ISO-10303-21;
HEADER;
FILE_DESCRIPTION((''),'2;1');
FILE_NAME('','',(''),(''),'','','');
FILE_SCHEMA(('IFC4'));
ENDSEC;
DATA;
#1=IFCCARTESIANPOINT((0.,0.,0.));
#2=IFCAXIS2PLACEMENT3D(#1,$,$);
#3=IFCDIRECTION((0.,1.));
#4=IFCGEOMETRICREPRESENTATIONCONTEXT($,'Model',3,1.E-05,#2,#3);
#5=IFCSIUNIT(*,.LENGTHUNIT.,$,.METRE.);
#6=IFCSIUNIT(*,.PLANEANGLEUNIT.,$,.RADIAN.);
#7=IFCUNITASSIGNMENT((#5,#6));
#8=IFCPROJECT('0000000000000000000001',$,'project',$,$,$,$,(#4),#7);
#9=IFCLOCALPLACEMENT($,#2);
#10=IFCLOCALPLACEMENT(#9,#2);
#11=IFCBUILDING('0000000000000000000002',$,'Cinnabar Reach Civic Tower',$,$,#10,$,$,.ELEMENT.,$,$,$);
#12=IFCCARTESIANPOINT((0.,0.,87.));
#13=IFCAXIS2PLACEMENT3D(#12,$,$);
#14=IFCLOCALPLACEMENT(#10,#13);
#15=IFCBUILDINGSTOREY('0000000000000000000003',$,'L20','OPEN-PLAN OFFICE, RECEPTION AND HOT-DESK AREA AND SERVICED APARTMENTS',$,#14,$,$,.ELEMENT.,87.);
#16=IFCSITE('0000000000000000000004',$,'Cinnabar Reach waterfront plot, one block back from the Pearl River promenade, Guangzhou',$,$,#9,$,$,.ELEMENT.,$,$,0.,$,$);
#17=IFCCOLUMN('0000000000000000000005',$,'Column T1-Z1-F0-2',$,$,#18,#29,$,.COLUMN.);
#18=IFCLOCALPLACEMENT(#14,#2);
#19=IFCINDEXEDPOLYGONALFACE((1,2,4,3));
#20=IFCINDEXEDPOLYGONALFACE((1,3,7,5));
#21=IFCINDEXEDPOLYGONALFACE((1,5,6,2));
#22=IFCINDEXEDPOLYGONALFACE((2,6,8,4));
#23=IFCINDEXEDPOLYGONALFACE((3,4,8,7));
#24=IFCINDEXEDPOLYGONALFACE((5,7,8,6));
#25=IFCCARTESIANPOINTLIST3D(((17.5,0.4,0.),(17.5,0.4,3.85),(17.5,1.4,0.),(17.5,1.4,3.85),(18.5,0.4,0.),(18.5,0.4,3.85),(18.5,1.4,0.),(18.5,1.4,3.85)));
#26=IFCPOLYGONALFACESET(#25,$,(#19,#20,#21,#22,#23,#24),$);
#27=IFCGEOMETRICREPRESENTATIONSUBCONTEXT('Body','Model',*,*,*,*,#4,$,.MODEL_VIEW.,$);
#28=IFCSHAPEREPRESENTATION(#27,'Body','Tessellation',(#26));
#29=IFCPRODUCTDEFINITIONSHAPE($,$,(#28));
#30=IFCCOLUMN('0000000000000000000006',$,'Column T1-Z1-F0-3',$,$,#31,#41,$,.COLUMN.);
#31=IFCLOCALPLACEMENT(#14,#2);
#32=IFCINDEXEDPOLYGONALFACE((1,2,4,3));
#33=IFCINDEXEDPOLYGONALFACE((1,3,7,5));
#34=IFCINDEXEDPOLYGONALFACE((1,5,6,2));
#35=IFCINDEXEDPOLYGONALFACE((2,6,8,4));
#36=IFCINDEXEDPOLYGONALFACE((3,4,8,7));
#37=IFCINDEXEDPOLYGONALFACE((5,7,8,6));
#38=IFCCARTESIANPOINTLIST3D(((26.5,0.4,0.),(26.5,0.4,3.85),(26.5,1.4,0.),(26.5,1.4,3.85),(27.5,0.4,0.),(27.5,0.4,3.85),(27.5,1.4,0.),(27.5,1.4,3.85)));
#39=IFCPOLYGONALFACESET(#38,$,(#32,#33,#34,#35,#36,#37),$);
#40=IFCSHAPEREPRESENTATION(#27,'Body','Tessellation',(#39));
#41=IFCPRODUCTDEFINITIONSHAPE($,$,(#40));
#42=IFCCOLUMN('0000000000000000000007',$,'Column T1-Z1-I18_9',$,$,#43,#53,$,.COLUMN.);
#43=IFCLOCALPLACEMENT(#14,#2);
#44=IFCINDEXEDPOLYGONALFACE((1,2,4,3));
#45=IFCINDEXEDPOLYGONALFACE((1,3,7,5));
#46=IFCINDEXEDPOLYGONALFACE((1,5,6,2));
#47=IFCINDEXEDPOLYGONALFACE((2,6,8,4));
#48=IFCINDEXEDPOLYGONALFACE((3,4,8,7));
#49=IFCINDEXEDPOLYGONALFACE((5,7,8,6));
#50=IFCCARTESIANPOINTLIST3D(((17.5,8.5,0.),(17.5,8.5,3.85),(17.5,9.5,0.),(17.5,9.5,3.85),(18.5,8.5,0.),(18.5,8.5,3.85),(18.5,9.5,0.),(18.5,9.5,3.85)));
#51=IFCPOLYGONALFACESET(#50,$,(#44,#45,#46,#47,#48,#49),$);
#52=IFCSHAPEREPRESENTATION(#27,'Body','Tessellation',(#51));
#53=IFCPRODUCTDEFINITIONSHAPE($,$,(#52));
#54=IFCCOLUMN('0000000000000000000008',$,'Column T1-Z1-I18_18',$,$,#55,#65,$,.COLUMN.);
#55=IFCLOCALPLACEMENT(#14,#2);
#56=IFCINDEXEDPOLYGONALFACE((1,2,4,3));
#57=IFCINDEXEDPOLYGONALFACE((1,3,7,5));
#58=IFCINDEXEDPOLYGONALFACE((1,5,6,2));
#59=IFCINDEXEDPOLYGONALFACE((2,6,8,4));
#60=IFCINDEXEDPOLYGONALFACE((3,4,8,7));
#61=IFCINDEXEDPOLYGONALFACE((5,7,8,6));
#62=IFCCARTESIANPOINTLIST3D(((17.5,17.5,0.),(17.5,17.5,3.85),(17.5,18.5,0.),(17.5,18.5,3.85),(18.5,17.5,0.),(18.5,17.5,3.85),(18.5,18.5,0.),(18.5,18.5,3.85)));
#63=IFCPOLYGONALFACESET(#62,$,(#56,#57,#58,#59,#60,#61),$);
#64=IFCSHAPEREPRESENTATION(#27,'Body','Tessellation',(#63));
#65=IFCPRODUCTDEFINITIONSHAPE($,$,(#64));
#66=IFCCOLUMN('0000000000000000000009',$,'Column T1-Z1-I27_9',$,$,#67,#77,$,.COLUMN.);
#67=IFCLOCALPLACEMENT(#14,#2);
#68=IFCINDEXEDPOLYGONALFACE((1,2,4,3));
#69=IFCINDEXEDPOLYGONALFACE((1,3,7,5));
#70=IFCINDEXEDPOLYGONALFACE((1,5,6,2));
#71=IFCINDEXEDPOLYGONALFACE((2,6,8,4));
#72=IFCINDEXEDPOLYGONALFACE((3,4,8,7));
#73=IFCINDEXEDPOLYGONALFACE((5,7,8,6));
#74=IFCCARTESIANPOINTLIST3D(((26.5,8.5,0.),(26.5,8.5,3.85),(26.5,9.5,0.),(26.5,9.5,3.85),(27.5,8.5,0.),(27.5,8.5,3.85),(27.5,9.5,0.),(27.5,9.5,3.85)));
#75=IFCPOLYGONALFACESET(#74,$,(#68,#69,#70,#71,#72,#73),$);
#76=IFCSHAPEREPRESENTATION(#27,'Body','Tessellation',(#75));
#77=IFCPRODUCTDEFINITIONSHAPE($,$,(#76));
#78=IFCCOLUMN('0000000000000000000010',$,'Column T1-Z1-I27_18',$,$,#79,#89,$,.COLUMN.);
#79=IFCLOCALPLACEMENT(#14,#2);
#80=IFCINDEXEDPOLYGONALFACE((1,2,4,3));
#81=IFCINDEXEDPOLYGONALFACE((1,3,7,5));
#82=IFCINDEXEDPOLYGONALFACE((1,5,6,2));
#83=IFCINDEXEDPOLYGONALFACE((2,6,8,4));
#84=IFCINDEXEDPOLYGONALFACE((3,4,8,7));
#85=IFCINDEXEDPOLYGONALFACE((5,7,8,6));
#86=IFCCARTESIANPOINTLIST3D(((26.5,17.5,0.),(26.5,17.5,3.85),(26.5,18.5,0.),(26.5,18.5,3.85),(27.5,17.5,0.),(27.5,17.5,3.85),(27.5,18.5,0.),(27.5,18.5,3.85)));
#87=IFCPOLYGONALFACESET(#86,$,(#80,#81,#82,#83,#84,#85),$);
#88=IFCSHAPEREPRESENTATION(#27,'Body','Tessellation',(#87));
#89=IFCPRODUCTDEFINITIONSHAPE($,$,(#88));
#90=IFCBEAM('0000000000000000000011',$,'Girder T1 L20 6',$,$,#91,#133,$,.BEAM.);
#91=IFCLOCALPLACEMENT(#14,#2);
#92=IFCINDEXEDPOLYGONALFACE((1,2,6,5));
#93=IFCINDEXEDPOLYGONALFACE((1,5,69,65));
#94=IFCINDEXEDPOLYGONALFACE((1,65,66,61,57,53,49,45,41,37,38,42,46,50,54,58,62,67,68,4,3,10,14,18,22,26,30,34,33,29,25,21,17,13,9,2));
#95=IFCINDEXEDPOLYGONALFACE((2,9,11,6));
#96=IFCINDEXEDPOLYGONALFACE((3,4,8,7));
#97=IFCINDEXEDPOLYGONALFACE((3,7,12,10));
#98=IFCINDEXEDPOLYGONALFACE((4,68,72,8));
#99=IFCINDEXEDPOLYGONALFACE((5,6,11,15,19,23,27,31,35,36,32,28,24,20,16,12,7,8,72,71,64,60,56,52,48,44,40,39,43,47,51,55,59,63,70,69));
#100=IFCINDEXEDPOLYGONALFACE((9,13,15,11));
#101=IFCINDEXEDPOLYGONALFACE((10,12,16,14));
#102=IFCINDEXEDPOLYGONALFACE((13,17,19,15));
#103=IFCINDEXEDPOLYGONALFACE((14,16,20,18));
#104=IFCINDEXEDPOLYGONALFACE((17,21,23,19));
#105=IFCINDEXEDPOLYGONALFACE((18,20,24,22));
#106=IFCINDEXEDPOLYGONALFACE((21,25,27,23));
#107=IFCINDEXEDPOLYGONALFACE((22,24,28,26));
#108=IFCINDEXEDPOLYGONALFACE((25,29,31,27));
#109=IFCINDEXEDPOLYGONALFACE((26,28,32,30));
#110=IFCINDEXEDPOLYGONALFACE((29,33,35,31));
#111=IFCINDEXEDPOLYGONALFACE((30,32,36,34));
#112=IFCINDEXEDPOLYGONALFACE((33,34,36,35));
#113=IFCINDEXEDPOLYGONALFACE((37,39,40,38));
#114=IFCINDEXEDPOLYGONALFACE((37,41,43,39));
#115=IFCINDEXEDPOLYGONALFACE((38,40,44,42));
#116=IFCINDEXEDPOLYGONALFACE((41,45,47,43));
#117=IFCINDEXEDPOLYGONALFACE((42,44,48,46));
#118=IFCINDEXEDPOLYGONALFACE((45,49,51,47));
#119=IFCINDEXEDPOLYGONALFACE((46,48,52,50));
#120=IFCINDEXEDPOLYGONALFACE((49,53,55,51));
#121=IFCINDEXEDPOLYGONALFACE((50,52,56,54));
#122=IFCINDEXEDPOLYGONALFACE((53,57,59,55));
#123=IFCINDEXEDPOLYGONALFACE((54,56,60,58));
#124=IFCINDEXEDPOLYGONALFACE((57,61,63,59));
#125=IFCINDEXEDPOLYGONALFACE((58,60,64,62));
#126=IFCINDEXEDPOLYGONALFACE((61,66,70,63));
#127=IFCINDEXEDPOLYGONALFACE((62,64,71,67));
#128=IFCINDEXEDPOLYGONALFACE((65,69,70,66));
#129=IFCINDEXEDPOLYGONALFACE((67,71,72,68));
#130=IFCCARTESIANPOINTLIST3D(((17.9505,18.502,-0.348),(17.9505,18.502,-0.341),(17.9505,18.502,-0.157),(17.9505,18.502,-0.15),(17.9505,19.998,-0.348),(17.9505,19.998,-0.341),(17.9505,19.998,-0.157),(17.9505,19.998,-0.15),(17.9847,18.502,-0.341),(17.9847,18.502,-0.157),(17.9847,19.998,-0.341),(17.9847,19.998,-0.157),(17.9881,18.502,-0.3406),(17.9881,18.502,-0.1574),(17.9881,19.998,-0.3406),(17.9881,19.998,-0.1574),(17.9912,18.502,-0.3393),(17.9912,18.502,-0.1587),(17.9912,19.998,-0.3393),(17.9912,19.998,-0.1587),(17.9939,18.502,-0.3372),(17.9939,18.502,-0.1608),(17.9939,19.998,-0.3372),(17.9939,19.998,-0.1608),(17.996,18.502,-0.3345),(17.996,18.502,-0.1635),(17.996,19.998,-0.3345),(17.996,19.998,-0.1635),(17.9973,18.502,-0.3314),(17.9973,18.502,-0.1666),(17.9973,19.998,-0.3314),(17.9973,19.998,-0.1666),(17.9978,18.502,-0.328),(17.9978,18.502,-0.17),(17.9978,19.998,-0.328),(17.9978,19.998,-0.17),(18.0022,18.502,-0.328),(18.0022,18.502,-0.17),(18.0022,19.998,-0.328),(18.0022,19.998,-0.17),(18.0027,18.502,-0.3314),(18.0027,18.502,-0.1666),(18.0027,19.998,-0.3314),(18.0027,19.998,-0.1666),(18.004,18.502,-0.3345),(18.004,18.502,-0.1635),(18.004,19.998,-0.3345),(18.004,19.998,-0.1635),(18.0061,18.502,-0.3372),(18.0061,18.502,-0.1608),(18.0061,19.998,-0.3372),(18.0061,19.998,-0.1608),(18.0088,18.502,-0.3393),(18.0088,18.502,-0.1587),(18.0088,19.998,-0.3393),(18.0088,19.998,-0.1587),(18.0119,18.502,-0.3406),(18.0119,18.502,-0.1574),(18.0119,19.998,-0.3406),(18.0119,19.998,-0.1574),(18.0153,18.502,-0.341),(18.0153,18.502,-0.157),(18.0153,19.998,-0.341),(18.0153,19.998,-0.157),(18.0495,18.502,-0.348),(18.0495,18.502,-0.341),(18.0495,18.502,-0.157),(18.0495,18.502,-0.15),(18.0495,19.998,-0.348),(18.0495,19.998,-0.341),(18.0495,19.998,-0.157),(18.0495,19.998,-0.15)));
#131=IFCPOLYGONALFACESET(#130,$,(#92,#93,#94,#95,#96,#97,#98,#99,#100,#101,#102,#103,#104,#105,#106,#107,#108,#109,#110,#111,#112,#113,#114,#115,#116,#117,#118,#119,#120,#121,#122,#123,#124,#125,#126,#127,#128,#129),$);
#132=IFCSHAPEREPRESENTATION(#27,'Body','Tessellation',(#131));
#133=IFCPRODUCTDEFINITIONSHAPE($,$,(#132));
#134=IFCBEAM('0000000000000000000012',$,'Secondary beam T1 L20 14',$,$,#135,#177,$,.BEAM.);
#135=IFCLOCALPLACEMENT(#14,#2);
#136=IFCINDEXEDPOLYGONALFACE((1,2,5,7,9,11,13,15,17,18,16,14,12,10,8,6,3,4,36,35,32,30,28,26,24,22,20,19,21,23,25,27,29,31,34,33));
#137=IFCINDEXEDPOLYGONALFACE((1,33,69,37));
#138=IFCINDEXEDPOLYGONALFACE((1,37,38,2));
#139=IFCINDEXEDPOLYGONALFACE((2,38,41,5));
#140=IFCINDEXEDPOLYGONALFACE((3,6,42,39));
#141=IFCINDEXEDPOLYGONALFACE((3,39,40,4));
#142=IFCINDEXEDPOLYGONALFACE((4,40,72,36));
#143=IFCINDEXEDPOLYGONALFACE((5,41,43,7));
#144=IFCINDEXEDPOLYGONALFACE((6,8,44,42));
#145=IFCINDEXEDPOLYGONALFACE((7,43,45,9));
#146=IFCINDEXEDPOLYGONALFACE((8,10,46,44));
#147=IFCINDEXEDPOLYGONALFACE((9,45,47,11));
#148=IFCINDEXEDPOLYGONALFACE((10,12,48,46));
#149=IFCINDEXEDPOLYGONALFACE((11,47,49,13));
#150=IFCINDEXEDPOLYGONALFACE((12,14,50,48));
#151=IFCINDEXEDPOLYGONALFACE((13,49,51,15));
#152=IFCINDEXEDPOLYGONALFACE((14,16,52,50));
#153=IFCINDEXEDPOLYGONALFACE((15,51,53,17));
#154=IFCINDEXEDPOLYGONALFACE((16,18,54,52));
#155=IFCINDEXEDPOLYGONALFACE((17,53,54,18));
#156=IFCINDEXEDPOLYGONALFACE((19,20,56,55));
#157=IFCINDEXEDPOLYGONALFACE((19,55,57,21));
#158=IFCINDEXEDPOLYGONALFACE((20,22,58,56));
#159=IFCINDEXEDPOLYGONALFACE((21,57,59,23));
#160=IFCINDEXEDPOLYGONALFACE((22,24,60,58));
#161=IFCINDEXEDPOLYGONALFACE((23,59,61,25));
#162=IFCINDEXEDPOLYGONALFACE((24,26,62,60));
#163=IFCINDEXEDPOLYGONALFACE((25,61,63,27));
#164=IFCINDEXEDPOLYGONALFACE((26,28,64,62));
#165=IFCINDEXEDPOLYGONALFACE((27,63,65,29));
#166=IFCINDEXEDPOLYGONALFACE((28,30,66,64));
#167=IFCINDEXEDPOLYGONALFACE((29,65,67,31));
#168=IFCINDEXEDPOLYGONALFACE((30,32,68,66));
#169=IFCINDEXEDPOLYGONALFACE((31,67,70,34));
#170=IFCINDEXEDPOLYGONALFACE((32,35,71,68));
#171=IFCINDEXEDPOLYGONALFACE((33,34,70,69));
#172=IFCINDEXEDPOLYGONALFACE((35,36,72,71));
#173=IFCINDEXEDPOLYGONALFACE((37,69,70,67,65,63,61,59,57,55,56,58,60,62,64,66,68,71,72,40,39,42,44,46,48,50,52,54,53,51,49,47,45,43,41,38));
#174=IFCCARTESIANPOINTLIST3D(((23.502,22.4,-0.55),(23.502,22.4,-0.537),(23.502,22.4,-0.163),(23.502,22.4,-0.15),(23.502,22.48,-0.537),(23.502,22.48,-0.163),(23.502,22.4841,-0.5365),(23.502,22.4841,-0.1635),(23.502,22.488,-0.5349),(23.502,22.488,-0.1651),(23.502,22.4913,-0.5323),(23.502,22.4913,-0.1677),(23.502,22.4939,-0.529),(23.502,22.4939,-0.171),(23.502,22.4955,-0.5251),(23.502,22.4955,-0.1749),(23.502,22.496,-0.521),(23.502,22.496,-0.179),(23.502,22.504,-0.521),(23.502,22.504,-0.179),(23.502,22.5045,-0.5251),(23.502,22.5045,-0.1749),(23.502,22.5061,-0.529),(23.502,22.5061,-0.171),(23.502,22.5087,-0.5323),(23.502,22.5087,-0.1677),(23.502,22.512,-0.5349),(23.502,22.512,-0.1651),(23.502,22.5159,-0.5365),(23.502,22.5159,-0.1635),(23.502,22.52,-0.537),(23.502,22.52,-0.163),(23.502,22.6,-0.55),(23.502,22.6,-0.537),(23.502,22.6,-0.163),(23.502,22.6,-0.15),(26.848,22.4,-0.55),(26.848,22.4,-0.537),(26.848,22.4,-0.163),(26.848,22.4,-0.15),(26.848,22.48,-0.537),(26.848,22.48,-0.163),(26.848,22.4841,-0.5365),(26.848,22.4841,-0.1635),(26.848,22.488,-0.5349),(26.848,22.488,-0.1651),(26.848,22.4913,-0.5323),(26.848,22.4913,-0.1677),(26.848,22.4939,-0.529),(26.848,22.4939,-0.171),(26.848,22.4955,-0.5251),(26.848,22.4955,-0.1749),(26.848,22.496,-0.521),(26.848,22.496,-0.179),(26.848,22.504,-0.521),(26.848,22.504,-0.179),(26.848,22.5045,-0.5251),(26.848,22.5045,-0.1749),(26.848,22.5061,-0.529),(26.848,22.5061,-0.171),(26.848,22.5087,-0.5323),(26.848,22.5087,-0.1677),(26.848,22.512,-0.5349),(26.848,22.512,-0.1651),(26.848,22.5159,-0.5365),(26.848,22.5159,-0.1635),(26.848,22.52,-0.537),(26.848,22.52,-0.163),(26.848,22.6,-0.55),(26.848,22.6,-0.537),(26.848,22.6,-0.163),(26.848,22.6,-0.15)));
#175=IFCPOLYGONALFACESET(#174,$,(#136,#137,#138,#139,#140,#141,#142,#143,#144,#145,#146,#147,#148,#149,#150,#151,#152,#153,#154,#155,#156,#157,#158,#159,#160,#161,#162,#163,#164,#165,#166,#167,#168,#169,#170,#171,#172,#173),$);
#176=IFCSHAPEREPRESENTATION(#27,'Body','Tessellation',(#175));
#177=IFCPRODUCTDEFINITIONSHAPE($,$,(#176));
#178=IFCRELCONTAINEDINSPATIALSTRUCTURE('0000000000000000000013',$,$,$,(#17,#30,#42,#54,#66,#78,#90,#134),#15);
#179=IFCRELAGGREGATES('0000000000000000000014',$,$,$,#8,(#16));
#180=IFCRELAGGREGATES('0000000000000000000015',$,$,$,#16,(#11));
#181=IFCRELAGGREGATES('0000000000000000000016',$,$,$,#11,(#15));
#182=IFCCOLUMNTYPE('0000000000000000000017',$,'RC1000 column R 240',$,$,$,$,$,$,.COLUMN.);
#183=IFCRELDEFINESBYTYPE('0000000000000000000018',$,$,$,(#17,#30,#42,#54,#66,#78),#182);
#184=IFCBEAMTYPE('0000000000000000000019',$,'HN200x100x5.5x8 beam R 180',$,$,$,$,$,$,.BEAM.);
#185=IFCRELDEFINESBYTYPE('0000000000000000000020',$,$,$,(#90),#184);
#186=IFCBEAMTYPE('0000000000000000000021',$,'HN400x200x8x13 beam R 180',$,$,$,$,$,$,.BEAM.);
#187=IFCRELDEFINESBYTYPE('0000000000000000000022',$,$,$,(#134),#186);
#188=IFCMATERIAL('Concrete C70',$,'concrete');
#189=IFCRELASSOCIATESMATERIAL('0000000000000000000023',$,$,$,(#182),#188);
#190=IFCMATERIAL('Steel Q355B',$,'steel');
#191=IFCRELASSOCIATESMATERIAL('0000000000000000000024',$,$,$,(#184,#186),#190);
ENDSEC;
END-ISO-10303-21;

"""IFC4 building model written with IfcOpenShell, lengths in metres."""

from ifc_helpers import new_model, si_unit, direction, frame, origin, origin_2d, place, context, subcontext, project, spatial, rectangle, i_section, extrude, material, material_profile, profile_set, type_object, element, save


model = new_model("IFC4")

# Units and contexts
model_context = context("Model", 3, precision=1e-05, world=origin(), true_north=direction((0.0, 1.0)))
body_context = subcontext(model_context, "Body", "Model", "MODEL_VIEW")
ifc_project = project(units=[si_unit("LENGTHUNIT", "METRE"), si_unit("PLANEANGLEUNIT", "RADIAN")], contexts=[model_context])

# Site, building, storey
site_placement = place(None, origin())
site = spatial("IfcSite", under=ifc_project, at=site_placement, Name="Cinnabar Reach waterfront plot, one block back from the Pearl River promenade, Guangzhou", CompositionType="ELEMENT", RefElevation=0.0)
building_placement = place(site_placement, origin())
building = spatial("IfcBuilding", under=site, at=building_placement, Name="Cinnabar Reach Civic Tower", CompositionType="ELEMENT")
storey_placement = place(building_placement, frame((0.0, 0.0, 87.0)))
storey = spatial("IfcBuildingStorey", under=building, at=storey_placement, Name="L20", Description="OPEN-PLAN OFFICE, RECEPTION AND HOT-DESK AREA AND SERVICED APARTMENTS", CompositionType="ELEMENT", Elevation=87.0)

# Columns
ifc_material_1 = material(Name="Concrete C70", Category="concrete")
ifc_material_profile_1 = material_profile(ifc_material_1, rectangle(XDim=1.0, YDim=1.0, at=origin_2d()), Name="RC1000")
ifc_profile_set_1 = profile_set([ifc_material_profile_1], Name="Concrete C70")
column_type = type_object("IfcColumnType", Name="RC1000 column R 240", PredefinedType="COLUMN", material=ifc_profile_set_1)
for number, where, z_axis, x_axis, name in (
    (1, (18.0, 0.9, 0.0), (0.0, 0.0, 1.0), (1.0, 0.0, 0.0), "Column T1-Z1-F0-2"),
    (2, (27.0, 0.9, 0.0), (0.0, 0.0, 1.0), (1.0, 0.0, 0.0), "Column T1-Z1-F0-3"),
    (3, (18.0, 9.0, 0.0), (0.0, 0.0, 1.0), (1.0, 0.0, 0.0), "Column T1-Z1-I18_9"),
    (4, (18.0, 18.0, 0.0), (0.0, 0.0, 1.0), (1.0, 0.0, 0.0), "Column T1-Z1-I18_18"),
    (5, (27.0, 9.0, 0.0), (0.0, 0.0, 1.0), (1.0, 0.0, 0.0), "Column T1-Z1-I27_9"),
    (6, (27.0, 18.0, 0.0), (0.0, 0.0, 1.0), (1.0, 0.0, 0.0), "Column T1-Z1-I27_18"),
):
    element("IfcColumn", number, at=place(storey_placement, frame(where, z_axis=z_axis, x_axis=x_axis)), inside=storey, type_object=column_type, Name=name, PredefinedType="COLUMN", context=body_context, shape_type="SweptSolid", body=[
        extrude(rectangle(XDim=1.0, YDim=1.0, at=origin_2d()), origin(), (0.0, 0.0, 1.0), 3.85),
    ])

# Beams
ifc_material_2 = material(Name="Steel Q355B", Category="steel")
ifc_material_profile_2 = material_profile(ifc_material_2, i_section(OverallWidth=0.099, OverallDepth=0.198, WebThickness=0.0045, FlangeThickness=0.007, FilletRadius=0.013, at=origin_2d()), Name="HN200x100x5.5x8")
ifc_profile_set_2 = profile_set([ifc_material_profile_2], Name="Steel Q355B")
beam_type_1 = type_object("IfcBeamType", Name="HN200x100x5.5x8 beam R 180", PredefinedType="BEAM", material=ifc_profile_set_2)
beam_1_placement = place(storey_placement, frame((18.0, 18.502, -0.249), z_axis=(0.0, 1.0, 0.0), x_axis=(-1.0, 0.0, 0.0)))
element("IfcBeam", 7, at=beam_1_placement, inside=storey, type_object=beam_type_1, Name="Girder T1 L20 6", PredefinedType="BEAM", context=body_context, shape_type="SweptSolid", body=[
    extrude(i_section(OverallWidth=0.099, OverallDepth=0.198, WebThickness=0.0045, FlangeThickness=0.007, FilletRadius=0.013, at=origin_2d()), origin(), (0.0, 0.0, 1.0), 1.496),
])
ifc_material_profile_3 = material_profile(ifc_material_2, i_section(OverallWidth=0.2, OverallDepth=0.4, WebThickness=0.008, FlangeThickness=0.013, FilletRadius=0.016, at=origin_2d()), Name="HN400x200x8x13")
ifc_profile_set_3 = profile_set([ifc_material_profile_3], Name="Steel Q355B")
beam_type_2 = type_object("IfcBeamType", Name="HN400x200x8x13 beam R 180", PredefinedType="BEAM", material=ifc_profile_set_3)
beam_2_placement = place(storey_placement, frame((23.502, 22.5, -0.35), z_axis=(1.0, 0.0, 0.0), x_axis=(0.0, 1.0, 0.0)))
element("IfcBeam", 8, at=beam_2_placement, inside=storey, type_object=beam_type_2, Name="Secondary beam T1 L20 14", PredefinedType="BEAM", context=body_context, shape_type="SweptSolid", body=[
    extrude(i_section(OverallWidth=0.2, OverallDepth=0.4, WebThickness=0.008, FlangeThickness=0.013, FilletRadius=0.016, at=origin_2d()), origin(), (0.0, 0.0, 1.0), 3.346),
])

save(model, "model.ifc")
